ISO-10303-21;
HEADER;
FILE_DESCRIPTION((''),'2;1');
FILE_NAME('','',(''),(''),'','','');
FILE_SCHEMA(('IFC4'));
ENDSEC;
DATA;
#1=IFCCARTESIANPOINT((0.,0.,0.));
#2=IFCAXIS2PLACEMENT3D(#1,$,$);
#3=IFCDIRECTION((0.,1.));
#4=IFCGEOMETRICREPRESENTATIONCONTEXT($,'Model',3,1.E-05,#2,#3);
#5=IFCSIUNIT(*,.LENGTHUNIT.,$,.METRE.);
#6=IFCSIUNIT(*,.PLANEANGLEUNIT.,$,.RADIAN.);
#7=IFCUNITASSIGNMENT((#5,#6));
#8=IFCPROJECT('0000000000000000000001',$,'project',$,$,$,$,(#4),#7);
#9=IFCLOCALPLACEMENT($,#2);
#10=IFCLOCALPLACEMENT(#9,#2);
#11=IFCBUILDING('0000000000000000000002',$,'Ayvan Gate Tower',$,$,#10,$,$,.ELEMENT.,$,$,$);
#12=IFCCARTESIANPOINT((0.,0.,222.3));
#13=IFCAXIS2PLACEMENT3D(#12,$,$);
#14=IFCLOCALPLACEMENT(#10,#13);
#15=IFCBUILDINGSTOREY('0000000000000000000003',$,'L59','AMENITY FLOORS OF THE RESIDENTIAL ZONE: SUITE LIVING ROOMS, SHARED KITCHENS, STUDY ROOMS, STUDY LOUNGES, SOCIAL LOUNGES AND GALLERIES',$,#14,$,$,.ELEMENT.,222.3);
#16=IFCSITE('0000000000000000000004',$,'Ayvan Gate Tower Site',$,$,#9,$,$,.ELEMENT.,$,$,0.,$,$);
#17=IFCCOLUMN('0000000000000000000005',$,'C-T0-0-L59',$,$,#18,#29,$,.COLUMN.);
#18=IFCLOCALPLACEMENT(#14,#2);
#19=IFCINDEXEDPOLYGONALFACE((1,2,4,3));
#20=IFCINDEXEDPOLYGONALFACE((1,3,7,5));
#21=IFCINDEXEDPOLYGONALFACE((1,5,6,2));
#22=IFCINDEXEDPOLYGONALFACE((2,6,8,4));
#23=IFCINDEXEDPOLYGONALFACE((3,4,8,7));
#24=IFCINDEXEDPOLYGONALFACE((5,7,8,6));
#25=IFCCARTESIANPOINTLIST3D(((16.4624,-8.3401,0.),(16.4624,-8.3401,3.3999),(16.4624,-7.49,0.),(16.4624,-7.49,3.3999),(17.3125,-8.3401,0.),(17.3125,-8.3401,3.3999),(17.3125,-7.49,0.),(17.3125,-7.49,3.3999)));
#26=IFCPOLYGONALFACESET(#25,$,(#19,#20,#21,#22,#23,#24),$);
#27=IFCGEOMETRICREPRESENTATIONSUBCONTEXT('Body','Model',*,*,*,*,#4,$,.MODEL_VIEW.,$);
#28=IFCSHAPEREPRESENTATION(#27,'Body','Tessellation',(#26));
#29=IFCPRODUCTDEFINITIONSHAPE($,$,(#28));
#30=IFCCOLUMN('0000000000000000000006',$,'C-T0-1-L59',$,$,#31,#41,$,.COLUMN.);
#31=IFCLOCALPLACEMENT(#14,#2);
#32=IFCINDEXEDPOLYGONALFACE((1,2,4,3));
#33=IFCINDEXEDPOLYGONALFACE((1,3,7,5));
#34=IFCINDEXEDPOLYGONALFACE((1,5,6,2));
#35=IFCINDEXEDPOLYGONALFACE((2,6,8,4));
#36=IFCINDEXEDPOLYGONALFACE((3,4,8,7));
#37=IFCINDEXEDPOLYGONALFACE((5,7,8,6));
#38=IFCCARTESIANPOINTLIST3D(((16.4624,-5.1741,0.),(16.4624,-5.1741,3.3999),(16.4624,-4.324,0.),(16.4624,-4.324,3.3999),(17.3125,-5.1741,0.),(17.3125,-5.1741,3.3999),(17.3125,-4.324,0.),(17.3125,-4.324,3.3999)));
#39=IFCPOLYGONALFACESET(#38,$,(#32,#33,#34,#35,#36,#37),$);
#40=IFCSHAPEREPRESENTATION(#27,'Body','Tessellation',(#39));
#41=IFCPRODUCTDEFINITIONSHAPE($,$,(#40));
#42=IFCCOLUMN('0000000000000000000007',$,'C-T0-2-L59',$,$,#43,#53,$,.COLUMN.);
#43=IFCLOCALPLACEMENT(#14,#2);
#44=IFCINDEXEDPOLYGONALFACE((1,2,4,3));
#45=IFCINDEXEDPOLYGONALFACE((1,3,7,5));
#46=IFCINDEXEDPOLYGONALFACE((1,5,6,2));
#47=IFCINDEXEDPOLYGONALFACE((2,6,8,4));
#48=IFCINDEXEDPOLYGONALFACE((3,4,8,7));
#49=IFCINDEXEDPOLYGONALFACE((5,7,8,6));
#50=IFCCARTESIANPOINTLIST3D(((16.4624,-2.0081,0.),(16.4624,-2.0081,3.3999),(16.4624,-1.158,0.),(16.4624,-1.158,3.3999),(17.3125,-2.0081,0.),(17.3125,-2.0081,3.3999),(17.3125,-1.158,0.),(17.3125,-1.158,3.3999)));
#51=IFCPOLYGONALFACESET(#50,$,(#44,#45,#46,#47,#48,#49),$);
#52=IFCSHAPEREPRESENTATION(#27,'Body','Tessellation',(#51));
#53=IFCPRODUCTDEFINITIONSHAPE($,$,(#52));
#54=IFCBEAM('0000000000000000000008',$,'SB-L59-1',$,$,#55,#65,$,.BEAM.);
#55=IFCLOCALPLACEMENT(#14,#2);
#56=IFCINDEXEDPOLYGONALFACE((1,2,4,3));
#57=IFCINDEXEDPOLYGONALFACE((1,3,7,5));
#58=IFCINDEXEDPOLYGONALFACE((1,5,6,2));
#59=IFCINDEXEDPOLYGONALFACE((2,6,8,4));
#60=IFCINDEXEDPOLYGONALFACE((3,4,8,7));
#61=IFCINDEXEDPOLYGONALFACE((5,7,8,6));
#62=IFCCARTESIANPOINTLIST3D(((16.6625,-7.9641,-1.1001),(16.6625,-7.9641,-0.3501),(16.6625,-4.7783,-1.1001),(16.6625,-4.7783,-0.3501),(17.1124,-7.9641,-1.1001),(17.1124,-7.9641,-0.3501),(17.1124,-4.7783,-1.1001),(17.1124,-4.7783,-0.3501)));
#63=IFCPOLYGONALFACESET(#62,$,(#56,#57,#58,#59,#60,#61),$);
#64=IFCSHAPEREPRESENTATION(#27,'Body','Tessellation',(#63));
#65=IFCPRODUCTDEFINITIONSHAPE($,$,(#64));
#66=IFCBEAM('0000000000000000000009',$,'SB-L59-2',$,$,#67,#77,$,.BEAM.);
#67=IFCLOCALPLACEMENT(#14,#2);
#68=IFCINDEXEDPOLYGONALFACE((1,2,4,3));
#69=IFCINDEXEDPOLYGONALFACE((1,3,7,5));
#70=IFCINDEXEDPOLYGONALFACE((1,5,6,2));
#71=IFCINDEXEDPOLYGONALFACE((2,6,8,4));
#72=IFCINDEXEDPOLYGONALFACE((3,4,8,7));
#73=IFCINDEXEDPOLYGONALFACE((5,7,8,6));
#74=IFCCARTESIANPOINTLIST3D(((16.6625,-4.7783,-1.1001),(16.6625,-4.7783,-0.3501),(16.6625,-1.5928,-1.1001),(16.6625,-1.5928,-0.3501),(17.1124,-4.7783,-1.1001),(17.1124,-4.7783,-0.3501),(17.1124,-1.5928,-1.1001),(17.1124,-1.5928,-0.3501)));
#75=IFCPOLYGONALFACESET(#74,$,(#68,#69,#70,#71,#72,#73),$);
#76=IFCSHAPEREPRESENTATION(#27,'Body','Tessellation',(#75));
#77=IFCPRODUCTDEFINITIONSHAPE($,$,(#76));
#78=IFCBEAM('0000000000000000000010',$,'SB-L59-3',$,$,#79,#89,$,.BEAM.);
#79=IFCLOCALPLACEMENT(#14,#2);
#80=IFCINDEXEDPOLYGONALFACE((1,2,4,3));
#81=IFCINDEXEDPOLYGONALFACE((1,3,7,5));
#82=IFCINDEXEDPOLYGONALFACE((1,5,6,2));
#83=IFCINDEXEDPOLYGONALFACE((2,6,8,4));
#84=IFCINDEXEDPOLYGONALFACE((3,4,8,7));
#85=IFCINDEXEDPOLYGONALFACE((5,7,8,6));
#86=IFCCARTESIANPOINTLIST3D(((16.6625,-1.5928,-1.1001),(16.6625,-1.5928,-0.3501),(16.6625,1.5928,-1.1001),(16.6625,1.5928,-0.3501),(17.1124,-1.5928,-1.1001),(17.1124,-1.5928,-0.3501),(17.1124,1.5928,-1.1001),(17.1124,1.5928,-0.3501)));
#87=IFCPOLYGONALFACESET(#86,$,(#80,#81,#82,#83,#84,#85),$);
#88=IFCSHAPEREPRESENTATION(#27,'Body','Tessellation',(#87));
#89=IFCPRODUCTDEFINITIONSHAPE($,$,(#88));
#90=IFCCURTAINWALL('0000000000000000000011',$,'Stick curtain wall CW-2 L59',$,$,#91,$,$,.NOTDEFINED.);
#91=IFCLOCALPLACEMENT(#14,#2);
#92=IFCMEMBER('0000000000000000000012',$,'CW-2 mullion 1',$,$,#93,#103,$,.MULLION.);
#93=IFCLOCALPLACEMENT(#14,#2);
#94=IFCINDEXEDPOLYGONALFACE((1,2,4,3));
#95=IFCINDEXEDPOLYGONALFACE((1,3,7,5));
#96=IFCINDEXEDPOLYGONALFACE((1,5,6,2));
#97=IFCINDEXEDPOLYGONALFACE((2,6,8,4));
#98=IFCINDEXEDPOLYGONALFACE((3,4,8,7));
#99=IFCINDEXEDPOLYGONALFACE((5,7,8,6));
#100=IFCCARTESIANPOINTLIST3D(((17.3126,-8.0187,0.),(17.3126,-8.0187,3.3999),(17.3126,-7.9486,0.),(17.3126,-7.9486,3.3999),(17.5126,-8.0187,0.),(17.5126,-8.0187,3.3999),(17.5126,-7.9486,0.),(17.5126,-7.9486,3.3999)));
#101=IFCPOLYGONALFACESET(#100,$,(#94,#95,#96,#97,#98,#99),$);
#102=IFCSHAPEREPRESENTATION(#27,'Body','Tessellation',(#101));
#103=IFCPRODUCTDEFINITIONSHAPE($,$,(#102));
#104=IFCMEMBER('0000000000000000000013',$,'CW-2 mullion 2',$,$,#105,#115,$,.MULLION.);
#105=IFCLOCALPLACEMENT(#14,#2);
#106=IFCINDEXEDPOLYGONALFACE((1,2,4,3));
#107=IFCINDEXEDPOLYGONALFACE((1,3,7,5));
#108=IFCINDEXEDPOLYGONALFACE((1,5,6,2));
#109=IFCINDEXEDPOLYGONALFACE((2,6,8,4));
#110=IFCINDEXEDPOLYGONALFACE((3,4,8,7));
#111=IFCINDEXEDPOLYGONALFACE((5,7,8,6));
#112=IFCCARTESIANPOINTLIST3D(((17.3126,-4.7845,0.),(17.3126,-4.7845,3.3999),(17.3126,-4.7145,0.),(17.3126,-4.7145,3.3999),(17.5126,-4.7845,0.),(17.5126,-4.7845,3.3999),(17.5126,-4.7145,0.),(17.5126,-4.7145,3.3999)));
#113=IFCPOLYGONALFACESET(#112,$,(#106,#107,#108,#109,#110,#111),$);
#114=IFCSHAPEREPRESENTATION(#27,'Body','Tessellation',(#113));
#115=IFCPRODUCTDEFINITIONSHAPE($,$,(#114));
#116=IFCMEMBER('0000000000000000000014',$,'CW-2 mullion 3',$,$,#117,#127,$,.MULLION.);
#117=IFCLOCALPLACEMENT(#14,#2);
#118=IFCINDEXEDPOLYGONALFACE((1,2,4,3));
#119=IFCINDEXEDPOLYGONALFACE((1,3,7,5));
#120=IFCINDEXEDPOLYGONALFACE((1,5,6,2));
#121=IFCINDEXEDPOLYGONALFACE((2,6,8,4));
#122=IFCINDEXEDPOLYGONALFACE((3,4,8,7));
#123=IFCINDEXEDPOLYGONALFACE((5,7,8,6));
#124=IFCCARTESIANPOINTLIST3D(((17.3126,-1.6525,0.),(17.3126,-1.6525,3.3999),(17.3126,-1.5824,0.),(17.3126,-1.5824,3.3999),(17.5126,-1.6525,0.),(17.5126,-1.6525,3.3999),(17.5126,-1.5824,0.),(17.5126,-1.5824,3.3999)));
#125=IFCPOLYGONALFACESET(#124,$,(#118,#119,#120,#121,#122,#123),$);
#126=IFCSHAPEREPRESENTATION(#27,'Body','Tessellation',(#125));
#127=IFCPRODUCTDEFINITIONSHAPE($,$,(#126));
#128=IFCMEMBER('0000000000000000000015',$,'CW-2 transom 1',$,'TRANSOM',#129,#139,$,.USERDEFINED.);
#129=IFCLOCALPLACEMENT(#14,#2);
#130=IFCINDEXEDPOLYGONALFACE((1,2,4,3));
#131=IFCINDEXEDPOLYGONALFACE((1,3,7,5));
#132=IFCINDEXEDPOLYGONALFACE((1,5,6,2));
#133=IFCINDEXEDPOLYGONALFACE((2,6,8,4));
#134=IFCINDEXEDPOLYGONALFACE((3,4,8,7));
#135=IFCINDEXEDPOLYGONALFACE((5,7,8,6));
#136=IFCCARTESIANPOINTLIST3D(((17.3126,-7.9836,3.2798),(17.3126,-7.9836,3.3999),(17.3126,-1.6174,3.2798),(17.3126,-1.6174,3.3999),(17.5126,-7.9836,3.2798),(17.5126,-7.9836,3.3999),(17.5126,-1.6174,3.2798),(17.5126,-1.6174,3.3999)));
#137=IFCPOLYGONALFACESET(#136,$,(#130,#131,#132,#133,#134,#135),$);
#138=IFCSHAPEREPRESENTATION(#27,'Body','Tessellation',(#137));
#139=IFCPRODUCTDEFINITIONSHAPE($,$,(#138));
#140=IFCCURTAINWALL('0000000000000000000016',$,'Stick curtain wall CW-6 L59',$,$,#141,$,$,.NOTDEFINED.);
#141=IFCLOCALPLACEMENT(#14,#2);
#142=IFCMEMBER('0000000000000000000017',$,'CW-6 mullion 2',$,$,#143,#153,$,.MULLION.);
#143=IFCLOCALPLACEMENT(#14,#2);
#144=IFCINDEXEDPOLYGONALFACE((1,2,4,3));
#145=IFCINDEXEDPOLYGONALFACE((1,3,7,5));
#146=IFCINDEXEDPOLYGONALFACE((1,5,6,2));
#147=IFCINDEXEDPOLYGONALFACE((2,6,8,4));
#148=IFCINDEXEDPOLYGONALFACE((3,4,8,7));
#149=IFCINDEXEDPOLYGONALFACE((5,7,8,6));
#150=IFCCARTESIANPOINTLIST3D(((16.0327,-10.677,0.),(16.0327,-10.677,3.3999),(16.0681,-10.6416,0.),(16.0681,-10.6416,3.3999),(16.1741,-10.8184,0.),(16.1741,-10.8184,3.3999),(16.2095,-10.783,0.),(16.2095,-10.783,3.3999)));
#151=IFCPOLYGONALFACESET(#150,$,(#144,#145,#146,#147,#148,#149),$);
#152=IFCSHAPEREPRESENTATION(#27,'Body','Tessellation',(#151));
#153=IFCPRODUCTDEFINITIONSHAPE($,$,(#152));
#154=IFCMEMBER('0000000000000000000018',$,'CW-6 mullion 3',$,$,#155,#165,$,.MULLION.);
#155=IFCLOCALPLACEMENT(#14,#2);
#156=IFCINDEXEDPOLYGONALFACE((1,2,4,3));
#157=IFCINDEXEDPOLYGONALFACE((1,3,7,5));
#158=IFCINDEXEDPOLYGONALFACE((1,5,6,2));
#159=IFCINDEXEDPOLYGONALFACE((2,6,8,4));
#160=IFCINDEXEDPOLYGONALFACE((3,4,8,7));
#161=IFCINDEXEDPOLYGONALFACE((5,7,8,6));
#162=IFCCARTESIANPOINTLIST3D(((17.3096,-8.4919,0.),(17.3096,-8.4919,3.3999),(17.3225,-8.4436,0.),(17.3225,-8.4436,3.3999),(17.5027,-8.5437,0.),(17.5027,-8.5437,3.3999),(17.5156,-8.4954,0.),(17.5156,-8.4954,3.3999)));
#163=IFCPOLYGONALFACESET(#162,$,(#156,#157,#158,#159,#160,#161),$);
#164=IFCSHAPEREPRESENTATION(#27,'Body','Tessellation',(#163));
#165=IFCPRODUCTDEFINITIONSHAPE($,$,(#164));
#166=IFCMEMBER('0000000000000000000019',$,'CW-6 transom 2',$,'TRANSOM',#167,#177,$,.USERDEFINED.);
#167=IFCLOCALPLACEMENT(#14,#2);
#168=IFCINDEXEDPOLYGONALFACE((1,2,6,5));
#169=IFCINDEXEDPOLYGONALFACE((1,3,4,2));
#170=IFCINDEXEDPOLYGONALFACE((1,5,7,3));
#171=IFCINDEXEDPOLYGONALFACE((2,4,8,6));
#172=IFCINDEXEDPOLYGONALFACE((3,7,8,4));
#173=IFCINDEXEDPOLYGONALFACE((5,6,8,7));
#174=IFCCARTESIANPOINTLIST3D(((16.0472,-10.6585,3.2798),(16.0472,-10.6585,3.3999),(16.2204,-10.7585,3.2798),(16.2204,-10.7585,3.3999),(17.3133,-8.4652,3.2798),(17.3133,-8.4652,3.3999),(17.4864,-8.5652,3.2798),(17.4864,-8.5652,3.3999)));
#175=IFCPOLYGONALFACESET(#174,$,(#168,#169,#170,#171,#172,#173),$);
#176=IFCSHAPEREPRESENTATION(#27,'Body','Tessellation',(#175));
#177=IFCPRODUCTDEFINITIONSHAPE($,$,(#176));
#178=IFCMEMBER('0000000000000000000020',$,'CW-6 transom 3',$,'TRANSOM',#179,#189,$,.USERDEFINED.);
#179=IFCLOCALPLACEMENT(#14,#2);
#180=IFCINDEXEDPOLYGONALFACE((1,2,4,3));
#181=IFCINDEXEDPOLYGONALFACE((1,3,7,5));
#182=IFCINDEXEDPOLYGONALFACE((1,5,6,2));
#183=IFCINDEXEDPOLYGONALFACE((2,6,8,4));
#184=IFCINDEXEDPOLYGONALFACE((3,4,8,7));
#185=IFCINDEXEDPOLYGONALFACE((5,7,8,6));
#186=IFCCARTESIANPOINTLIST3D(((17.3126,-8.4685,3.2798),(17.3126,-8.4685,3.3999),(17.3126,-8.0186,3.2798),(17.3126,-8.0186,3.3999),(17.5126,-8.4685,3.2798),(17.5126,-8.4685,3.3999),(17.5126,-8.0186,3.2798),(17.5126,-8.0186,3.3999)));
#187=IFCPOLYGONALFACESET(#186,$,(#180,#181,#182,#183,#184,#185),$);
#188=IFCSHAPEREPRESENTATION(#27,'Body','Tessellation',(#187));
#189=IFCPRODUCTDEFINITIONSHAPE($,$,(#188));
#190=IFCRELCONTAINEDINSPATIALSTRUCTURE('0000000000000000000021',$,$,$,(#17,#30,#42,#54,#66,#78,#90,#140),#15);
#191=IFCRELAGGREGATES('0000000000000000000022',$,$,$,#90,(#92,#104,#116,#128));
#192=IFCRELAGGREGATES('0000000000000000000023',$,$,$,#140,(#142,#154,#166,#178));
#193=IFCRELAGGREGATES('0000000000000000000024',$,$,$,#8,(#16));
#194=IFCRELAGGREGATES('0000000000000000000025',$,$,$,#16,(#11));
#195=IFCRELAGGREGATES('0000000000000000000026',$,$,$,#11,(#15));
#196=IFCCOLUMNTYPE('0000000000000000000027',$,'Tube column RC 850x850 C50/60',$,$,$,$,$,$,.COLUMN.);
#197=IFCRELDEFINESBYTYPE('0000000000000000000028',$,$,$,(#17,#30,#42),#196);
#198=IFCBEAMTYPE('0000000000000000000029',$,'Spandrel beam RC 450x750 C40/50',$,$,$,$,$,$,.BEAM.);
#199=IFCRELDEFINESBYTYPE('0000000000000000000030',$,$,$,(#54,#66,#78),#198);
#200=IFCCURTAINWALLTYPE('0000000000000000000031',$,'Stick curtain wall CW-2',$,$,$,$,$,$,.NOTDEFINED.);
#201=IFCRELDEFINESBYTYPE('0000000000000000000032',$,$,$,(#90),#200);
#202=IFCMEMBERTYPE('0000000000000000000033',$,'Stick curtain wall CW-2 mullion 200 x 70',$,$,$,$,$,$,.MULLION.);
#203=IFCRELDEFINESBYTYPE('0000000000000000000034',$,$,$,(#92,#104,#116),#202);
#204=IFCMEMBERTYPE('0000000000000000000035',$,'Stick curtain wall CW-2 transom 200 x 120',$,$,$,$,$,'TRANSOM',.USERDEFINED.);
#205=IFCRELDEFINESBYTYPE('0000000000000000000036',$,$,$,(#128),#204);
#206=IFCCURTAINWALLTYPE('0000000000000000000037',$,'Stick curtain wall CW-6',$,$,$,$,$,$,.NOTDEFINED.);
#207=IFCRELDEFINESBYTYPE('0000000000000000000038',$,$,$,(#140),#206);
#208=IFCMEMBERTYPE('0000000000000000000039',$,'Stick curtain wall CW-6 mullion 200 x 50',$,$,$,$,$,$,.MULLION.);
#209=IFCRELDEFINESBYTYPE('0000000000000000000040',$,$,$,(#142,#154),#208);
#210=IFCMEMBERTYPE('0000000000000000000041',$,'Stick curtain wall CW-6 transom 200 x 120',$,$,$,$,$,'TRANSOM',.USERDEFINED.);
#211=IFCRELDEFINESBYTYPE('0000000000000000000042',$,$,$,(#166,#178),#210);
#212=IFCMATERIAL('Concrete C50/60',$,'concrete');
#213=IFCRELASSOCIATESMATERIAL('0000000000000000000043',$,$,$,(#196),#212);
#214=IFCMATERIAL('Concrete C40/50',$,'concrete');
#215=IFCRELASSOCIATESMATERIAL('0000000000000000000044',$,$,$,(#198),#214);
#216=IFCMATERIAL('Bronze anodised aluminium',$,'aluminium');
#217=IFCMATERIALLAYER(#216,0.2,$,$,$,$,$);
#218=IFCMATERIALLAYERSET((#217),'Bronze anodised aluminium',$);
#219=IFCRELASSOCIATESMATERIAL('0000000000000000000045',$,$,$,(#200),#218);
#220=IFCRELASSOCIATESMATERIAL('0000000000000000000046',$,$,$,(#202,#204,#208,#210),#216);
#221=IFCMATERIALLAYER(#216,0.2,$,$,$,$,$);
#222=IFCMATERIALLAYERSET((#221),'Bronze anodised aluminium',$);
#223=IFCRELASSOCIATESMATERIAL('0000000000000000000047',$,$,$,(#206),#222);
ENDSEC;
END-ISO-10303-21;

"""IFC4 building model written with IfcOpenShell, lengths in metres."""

from ifc_helpers import new_model, si_unit, direction, frame, origin, origin_2d, place, context, subcontext, project, spatial, rectangle, extrude, material, layer, layer_set, material_profile, profile_set, type_object, element, aggregate, save


model = new_model("IFC4")

# Units and contexts
model_context = context("Model", 3, precision=1e-05, world=origin(), true_north=direction((0.0, 1.0)))
body_context = subcontext(model_context, "Body", "Model", "MODEL_VIEW")
ifc_project = project(units=[si_unit("LENGTHUNIT", "METRE"), si_unit("PLANEANGLEUNIT", "RADIAN")], contexts=[model_context])

# Site, building, storey
site_placement = place(None, origin())
site = spatial("IfcSite", under=ifc_project, at=site_placement, Name="Ayvan Gate Tower Site", CompositionType="ELEMENT", RefElevation=0.0)
building_placement = place(site_placement, origin())
building = spatial("IfcBuilding", under=site, at=building_placement, Name="Ayvan Gate Tower", CompositionType="ELEMENT")
storey_placement = place(building_placement, frame((0.0, 0.0, 222.3)))
storey = spatial("IfcBuildingStorey", under=building, at=storey_placement, Name="L59", Description="AMENITY FLOORS OF THE RESIDENTIAL ZONE: SUITE LIVING ROOMS, SHARED KITCHENS, STUDY ROOMS, STUDY LOUNGES, SOCIAL LOUNGES AND GALLERIES", CompositionType="ELEMENT", Elevation=222.3)

# Columns
ifc_material_1 = material(Name="Concrete C50/60", Category="concrete")
ifc_material_profile_1 = material_profile(ifc_material_1, rectangle(XDim=0.8501, YDim=0.8501, at=origin_2d()), Name="RC 850x850")
ifc_profile_set_1 = profile_set([ifc_material_profile_1], Name="Concrete C50/60")
column_type = type_object("IfcColumnType", Name="Tube column RC 850x850 C50/60", PredefinedType="COLUMN", material=ifc_profile_set_1)
for number, where, z_axis, x_axis, name in (
    (1, (16.8875, -7.915, 0.0), (0.0, 0.0, 1.0), (1.0, 0.0, 0.0), "C-T0-0-L59"),
    (2, (16.8875, -4.749, 0.0), (0.0, 0.0, 1.0), (1.0, 0.0, 0.0), "C-T0-1-L59"),
    (3, (16.8875, -1.583, 0.0), (0.0, 0.0, 1.0), (1.0, 0.0, 0.0), "C-T0-2-L59"),
):
    element("IfcColumn", number, at=place(storey_placement, frame(where, z_axis=z_axis, x_axis=x_axis)), inside=storey, type_object=column_type, Name=name, PredefinedType="COLUMN", context=body_context, shape_type="SweptSolid", body=[
        extrude(rectangle(XDim=0.8501, YDim=0.8501, at=origin_2d()), origin(), (0.0, 0.0, 1.0), 3.3999),
    ])

# Beams
ifc_material_2 = material(Name="Concrete C40/50", Category="concrete")
ifc_material_profile_2 = material_profile(ifc_material_2, rectangle(XDim=0.45, YDim=0.75, at=origin_2d()), Name="RC 450x750")
ifc_profile_set_2 = profile_set([ifc_material_profile_2], Name="Concrete C40/50")
beam_type = type_object("IfcBeamType", Name="Spandrel beam RC 450x750 C40/50", PredefinedType="BEAM", material=ifc_profile_set_2)
beam_placement = place(storey_placement, frame((16.8875, -7.9641, -0.7251), z_axis=(0.0, 1.0, 0.0), x_axis=(-1.0, 0.0, 0.0)))
element("IfcBeam", 4, at=beam_placement, inside=storey, type_object=beam_type, Name="SB-L59-1", PredefinedType="BEAM", context=body_context, shape_type="SweptSolid", body=[
    extrude(rectangle(XDim=0.45, YDim=0.75, at=origin_2d()), origin(), (0.0, 0.0, 1.0), 3.1858),
])
for number, where, z_axis, x_axis, name in (
    (5, (16.8875, -4.7783, -0.7251), (0.0, 1.0, 0.0), (-1.0, 0.0, 0.0), "SB-L59-2"),
    (6, (16.8875, -1.5928, -0.7251), (0.0, 1.0, 0.0), (-1.0, 0.0, 0.0), "SB-L59-3"),
):
    element("IfcBeam", number, at=place(storey_placement, frame(where, z_axis=z_axis, x_axis=x_axis)), inside=storey, type_object=beam_type, Name=name, PredefinedType="BEAM", context=body_context, shape_type="SweptSolid", body=[
        extrude(rectangle(XDim=0.45, YDim=0.75, at=origin_2d()), origin(), (0.0, 0.0, 1.0), 3.1855),
    ])

# Curtain walls, members
ifc_material_3 = material(Name="Bronze anodised aluminium", Category="aluminium")
ifc_layer_1 = layer(ifc_material_3, 0.2)
ifc_layer_set_1 = layer_set([ifc_layer_1], Name="Bronze anodised aluminium")
curtain_wall_type_1 = type_object("IfcCurtainWallType", Name="Stick curtain wall CW-2", PredefinedType="NOTDEFINED", material=ifc_layer_set_1)
curtain_wall_1_placement = place(storey_placement, origin())
curtain_wall_1 = element("IfcCurtainWall", 7, at=curtain_wall_1_placement, inside=storey, type_object=curtain_wall_type_1, Name="Stick curtain wall CW-2 L59", PredefinedType="NOTDEFINED")
ifc_material_profile_3 = material_profile(ifc_material_3, rectangle(XDim=0.2, YDim=0.0701, at=origin_2d()), Name="Stick curtain wall CW-2 mullion 200 x 70")
ifc_profile_set_3 = profile_set([ifc_material_profile_3], Name="Bronze anodised aluminium")
member_type_1 = type_object("IfcMemberType", Name="Stick curtain wall CW-2 mullion 200 x 70", PredefinedType="MULLION", material=ifc_profile_set_3)
member_1_placement = place(storey_placement, frame((17.4126, -7.9836, 0.0), z_axis=(0.0, 0.0, 1.0), x_axis=(1.0, 0.0, 0.0)))
member_1 = element("IfcMember", 8, at=member_1_placement, type_object=member_type_1, Name="CW-2 mullion 1", PredefinedType="MULLION", context=body_context, shape_type="SweptSolid", body=[
    extrude(rectangle(XDim=0.2, YDim=0.0701, at=origin_2d()), origin(), (0.0, 0.0, 1.0), 3.3999),
])
member_2_placement = place(storey_placement, frame((17.4126, -4.7495, 0.0), z_axis=(0.0, 0.0, 1.0), x_axis=(1.0, 0.0, 0.0)))
member_2 = element("IfcMember", 9, at=member_2_placement, type_object=member_type_1, Name="CW-2 mullion 2", PredefinedType="MULLION", context=body_context, shape_type="SweptSolid", body=[
    extrude(rectangle(XDim=0.2, YDim=0.0701, at=origin_2d()), origin(), (0.0, 0.0, 1.0), 3.3999),
])
member_3_placement = place(storey_placement, frame((17.4126, -1.6174, 0.0), z_axis=(0.0, 0.0, 1.0), x_axis=(1.0, 0.0, 0.0)))
member_3 = element("IfcMember", 10, at=member_3_placement, type_object=member_type_1, Name="CW-2 mullion 3", PredefinedType="MULLION", context=body_context, shape_type="SweptSolid", body=[
    extrude(rectangle(XDim=0.2, YDim=0.0701, at=origin_2d()), origin(), (0.0, 0.0, 1.0), 3.3999),
])
ifc_material_profile_4 = material_profile(ifc_material_3, rectangle(XDim=0.2, YDim=0.1201, at=origin_2d()), Name="Stick curtain wall CW-2 transom 200 x 120")
ifc_profile_set_4 = profile_set([ifc_material_profile_4], Name="Bronze anodised aluminium")
member_type_2 = type_object("IfcMemberType", Name="Stick curtain wall CW-2 transom 200 x 120", ElementType="TRANSOM", PredefinedType="USERDEFINED", material=ifc_profile_set_4)
member_4_placement = place(storey_placement, frame((17.4126, -7.9836, 3.3398), z_axis=(0.0, 1.0, 0.0), x_axis=(-1.0, 0.0, 0.0)))
member_4 = element("IfcMember", 11, at=member_4_placement, type_object=member_type_2, Name="CW-2 transom 1", ObjectType="TRANSOM", PredefinedType="USERDEFINED", context=body_context, shape_type="SweptSolid", body=[
    extrude(rectangle(XDim=0.2, YDim=0.1201, at=origin_2d()), origin(), (0.0, 0.0, 1.0), 6.3662),
])
ifc_layer_2 = layer(ifc_material_3, 0.2)
ifc_layer_set_2 = layer_set([ifc_layer_2], Name="Bronze anodised aluminium")
curtain_wall_type_2 = type_object("IfcCurtainWallType", Name="Stick curtain wall CW-6", PredefinedType="NOTDEFINED", material=ifc_layer_set_2)
curtain_wall_2_placement = place(storey_placement, origin())
curtain_wall_2 = element("IfcCurtainWall", 12, at=curtain_wall_2_placement, inside=storey, type_object=curtain_wall_type_2, Name="Stick curtain wall CW-6 L59", PredefinedType="NOTDEFINED")
ifc_material_profile_5 = material_profile(ifc_material_3, rectangle(XDim=0.2, YDim=0.05, at=origin_2d()), Name="Stick curtain wall CW-6 mullion 200 x 50")
ifc_profile_set_5 = profile_set([ifc_material_profile_5], Name="Bronze anodised aluminium")
member_type_3 = type_object("IfcMemberType", Name="Stick curtain wall CW-6 mullion 200 x 50", PredefinedType="MULLION", material=ifc_profile_set_5)
member_5_placement = place(storey_placement, frame((16.1211, -10.73, 0.0), z_axis=(0.0, 0.0, 1.0), x_axis=(0.707107, -0.707107, 0.0)))
member_5 = element("IfcMember", 13, at=member_5_placement, type_object=member_type_3, Name="CW-6 mullion 2", PredefinedType="MULLION", context=body_context, shape_type="SweptSolid", body=[
    extrude(rectangle(XDim=0.2, YDim=0.05, at=origin_2d()), origin(), (0.0, 0.0, 1.0), 3.3999),
])
member_6_placement = place(storey_placement, frame((17.4126, -8.4937, 0.0), z_axis=(0.0, 0.0, 1.0), x_axis=(0.965926, -0.258819, 0.0)))
member_6 = element("IfcMember", 14, at=member_6_placement, type_object=member_type_3, Name="CW-6 mullion 3", PredefinedType="MULLION", context=body_context, shape_type="SweptSolid", body=[
    extrude(rectangle(XDim=0.2, YDim=0.05, at=origin_2d()), origin(), (0.0, 0.0, 1.0), 3.3999),
])
ifc_material_profile_6 = material_profile(ifc_material_3, rectangle(XDim=0.2, YDim=0.1201, at=origin_2d()), Name="Stick curtain wall CW-6 transom 200 x 120")
ifc_profile_set_6 = profile_set([ifc_material_profile_6], Name="Bronze anodised aluminium")
member_type_4 = type_object("IfcMemberType", Name="Stick curtain wall CW-6 transom 200 x 120", ElementType="TRANSOM", PredefinedType="USERDEFINED", material=ifc_profile_set_6)
member_7_placement = place(storey_placement, frame((16.1338, -10.7085, 3.3398), z_axis=(0.499934, 0.866064, 0.0), x_axis=(-0.866064, 0.499934, 0.0)))
member_7 = element("IfcMember", 15, at=member_7_placement, type_object=member_type_4, Name="CW-6 transom 2", ObjectType="TRANSOM", PredefinedType="USERDEFINED", context=body_context, shape_type="SweptSolid", body=[
    extrude(rectangle(XDim=0.2, YDim=0.1201, at=origin_2d()), origin(), (0.0, 0.0, 1.0), 2.5325),
])
member_8_placement = place(storey_placement, frame((17.4126, -8.4685, 3.3398), z_axis=(0.0, 1.0, 0.0), x_axis=(-1.0, 0.0, 0.0)))
member_8 = element("IfcMember", 16, at=member_8_placement, type_object=member_type_4, Name="CW-6 transom 3", ObjectType="TRANSOM", PredefinedType="USERDEFINED", context=body_context, shape_type="SweptSolid", body=[
    extrude(rectangle(XDim=0.2, YDim=0.1201, at=origin_2d()), origin(), (0.0, 0.0, 1.0), 0.45),
])

aggregate(curtain_wall_1, [member_1, member_2, member_3, member_4])
aggregate(curtain_wall_2, [member_5, member_6, member_7, member_8])

save(model, "model.ifc")
